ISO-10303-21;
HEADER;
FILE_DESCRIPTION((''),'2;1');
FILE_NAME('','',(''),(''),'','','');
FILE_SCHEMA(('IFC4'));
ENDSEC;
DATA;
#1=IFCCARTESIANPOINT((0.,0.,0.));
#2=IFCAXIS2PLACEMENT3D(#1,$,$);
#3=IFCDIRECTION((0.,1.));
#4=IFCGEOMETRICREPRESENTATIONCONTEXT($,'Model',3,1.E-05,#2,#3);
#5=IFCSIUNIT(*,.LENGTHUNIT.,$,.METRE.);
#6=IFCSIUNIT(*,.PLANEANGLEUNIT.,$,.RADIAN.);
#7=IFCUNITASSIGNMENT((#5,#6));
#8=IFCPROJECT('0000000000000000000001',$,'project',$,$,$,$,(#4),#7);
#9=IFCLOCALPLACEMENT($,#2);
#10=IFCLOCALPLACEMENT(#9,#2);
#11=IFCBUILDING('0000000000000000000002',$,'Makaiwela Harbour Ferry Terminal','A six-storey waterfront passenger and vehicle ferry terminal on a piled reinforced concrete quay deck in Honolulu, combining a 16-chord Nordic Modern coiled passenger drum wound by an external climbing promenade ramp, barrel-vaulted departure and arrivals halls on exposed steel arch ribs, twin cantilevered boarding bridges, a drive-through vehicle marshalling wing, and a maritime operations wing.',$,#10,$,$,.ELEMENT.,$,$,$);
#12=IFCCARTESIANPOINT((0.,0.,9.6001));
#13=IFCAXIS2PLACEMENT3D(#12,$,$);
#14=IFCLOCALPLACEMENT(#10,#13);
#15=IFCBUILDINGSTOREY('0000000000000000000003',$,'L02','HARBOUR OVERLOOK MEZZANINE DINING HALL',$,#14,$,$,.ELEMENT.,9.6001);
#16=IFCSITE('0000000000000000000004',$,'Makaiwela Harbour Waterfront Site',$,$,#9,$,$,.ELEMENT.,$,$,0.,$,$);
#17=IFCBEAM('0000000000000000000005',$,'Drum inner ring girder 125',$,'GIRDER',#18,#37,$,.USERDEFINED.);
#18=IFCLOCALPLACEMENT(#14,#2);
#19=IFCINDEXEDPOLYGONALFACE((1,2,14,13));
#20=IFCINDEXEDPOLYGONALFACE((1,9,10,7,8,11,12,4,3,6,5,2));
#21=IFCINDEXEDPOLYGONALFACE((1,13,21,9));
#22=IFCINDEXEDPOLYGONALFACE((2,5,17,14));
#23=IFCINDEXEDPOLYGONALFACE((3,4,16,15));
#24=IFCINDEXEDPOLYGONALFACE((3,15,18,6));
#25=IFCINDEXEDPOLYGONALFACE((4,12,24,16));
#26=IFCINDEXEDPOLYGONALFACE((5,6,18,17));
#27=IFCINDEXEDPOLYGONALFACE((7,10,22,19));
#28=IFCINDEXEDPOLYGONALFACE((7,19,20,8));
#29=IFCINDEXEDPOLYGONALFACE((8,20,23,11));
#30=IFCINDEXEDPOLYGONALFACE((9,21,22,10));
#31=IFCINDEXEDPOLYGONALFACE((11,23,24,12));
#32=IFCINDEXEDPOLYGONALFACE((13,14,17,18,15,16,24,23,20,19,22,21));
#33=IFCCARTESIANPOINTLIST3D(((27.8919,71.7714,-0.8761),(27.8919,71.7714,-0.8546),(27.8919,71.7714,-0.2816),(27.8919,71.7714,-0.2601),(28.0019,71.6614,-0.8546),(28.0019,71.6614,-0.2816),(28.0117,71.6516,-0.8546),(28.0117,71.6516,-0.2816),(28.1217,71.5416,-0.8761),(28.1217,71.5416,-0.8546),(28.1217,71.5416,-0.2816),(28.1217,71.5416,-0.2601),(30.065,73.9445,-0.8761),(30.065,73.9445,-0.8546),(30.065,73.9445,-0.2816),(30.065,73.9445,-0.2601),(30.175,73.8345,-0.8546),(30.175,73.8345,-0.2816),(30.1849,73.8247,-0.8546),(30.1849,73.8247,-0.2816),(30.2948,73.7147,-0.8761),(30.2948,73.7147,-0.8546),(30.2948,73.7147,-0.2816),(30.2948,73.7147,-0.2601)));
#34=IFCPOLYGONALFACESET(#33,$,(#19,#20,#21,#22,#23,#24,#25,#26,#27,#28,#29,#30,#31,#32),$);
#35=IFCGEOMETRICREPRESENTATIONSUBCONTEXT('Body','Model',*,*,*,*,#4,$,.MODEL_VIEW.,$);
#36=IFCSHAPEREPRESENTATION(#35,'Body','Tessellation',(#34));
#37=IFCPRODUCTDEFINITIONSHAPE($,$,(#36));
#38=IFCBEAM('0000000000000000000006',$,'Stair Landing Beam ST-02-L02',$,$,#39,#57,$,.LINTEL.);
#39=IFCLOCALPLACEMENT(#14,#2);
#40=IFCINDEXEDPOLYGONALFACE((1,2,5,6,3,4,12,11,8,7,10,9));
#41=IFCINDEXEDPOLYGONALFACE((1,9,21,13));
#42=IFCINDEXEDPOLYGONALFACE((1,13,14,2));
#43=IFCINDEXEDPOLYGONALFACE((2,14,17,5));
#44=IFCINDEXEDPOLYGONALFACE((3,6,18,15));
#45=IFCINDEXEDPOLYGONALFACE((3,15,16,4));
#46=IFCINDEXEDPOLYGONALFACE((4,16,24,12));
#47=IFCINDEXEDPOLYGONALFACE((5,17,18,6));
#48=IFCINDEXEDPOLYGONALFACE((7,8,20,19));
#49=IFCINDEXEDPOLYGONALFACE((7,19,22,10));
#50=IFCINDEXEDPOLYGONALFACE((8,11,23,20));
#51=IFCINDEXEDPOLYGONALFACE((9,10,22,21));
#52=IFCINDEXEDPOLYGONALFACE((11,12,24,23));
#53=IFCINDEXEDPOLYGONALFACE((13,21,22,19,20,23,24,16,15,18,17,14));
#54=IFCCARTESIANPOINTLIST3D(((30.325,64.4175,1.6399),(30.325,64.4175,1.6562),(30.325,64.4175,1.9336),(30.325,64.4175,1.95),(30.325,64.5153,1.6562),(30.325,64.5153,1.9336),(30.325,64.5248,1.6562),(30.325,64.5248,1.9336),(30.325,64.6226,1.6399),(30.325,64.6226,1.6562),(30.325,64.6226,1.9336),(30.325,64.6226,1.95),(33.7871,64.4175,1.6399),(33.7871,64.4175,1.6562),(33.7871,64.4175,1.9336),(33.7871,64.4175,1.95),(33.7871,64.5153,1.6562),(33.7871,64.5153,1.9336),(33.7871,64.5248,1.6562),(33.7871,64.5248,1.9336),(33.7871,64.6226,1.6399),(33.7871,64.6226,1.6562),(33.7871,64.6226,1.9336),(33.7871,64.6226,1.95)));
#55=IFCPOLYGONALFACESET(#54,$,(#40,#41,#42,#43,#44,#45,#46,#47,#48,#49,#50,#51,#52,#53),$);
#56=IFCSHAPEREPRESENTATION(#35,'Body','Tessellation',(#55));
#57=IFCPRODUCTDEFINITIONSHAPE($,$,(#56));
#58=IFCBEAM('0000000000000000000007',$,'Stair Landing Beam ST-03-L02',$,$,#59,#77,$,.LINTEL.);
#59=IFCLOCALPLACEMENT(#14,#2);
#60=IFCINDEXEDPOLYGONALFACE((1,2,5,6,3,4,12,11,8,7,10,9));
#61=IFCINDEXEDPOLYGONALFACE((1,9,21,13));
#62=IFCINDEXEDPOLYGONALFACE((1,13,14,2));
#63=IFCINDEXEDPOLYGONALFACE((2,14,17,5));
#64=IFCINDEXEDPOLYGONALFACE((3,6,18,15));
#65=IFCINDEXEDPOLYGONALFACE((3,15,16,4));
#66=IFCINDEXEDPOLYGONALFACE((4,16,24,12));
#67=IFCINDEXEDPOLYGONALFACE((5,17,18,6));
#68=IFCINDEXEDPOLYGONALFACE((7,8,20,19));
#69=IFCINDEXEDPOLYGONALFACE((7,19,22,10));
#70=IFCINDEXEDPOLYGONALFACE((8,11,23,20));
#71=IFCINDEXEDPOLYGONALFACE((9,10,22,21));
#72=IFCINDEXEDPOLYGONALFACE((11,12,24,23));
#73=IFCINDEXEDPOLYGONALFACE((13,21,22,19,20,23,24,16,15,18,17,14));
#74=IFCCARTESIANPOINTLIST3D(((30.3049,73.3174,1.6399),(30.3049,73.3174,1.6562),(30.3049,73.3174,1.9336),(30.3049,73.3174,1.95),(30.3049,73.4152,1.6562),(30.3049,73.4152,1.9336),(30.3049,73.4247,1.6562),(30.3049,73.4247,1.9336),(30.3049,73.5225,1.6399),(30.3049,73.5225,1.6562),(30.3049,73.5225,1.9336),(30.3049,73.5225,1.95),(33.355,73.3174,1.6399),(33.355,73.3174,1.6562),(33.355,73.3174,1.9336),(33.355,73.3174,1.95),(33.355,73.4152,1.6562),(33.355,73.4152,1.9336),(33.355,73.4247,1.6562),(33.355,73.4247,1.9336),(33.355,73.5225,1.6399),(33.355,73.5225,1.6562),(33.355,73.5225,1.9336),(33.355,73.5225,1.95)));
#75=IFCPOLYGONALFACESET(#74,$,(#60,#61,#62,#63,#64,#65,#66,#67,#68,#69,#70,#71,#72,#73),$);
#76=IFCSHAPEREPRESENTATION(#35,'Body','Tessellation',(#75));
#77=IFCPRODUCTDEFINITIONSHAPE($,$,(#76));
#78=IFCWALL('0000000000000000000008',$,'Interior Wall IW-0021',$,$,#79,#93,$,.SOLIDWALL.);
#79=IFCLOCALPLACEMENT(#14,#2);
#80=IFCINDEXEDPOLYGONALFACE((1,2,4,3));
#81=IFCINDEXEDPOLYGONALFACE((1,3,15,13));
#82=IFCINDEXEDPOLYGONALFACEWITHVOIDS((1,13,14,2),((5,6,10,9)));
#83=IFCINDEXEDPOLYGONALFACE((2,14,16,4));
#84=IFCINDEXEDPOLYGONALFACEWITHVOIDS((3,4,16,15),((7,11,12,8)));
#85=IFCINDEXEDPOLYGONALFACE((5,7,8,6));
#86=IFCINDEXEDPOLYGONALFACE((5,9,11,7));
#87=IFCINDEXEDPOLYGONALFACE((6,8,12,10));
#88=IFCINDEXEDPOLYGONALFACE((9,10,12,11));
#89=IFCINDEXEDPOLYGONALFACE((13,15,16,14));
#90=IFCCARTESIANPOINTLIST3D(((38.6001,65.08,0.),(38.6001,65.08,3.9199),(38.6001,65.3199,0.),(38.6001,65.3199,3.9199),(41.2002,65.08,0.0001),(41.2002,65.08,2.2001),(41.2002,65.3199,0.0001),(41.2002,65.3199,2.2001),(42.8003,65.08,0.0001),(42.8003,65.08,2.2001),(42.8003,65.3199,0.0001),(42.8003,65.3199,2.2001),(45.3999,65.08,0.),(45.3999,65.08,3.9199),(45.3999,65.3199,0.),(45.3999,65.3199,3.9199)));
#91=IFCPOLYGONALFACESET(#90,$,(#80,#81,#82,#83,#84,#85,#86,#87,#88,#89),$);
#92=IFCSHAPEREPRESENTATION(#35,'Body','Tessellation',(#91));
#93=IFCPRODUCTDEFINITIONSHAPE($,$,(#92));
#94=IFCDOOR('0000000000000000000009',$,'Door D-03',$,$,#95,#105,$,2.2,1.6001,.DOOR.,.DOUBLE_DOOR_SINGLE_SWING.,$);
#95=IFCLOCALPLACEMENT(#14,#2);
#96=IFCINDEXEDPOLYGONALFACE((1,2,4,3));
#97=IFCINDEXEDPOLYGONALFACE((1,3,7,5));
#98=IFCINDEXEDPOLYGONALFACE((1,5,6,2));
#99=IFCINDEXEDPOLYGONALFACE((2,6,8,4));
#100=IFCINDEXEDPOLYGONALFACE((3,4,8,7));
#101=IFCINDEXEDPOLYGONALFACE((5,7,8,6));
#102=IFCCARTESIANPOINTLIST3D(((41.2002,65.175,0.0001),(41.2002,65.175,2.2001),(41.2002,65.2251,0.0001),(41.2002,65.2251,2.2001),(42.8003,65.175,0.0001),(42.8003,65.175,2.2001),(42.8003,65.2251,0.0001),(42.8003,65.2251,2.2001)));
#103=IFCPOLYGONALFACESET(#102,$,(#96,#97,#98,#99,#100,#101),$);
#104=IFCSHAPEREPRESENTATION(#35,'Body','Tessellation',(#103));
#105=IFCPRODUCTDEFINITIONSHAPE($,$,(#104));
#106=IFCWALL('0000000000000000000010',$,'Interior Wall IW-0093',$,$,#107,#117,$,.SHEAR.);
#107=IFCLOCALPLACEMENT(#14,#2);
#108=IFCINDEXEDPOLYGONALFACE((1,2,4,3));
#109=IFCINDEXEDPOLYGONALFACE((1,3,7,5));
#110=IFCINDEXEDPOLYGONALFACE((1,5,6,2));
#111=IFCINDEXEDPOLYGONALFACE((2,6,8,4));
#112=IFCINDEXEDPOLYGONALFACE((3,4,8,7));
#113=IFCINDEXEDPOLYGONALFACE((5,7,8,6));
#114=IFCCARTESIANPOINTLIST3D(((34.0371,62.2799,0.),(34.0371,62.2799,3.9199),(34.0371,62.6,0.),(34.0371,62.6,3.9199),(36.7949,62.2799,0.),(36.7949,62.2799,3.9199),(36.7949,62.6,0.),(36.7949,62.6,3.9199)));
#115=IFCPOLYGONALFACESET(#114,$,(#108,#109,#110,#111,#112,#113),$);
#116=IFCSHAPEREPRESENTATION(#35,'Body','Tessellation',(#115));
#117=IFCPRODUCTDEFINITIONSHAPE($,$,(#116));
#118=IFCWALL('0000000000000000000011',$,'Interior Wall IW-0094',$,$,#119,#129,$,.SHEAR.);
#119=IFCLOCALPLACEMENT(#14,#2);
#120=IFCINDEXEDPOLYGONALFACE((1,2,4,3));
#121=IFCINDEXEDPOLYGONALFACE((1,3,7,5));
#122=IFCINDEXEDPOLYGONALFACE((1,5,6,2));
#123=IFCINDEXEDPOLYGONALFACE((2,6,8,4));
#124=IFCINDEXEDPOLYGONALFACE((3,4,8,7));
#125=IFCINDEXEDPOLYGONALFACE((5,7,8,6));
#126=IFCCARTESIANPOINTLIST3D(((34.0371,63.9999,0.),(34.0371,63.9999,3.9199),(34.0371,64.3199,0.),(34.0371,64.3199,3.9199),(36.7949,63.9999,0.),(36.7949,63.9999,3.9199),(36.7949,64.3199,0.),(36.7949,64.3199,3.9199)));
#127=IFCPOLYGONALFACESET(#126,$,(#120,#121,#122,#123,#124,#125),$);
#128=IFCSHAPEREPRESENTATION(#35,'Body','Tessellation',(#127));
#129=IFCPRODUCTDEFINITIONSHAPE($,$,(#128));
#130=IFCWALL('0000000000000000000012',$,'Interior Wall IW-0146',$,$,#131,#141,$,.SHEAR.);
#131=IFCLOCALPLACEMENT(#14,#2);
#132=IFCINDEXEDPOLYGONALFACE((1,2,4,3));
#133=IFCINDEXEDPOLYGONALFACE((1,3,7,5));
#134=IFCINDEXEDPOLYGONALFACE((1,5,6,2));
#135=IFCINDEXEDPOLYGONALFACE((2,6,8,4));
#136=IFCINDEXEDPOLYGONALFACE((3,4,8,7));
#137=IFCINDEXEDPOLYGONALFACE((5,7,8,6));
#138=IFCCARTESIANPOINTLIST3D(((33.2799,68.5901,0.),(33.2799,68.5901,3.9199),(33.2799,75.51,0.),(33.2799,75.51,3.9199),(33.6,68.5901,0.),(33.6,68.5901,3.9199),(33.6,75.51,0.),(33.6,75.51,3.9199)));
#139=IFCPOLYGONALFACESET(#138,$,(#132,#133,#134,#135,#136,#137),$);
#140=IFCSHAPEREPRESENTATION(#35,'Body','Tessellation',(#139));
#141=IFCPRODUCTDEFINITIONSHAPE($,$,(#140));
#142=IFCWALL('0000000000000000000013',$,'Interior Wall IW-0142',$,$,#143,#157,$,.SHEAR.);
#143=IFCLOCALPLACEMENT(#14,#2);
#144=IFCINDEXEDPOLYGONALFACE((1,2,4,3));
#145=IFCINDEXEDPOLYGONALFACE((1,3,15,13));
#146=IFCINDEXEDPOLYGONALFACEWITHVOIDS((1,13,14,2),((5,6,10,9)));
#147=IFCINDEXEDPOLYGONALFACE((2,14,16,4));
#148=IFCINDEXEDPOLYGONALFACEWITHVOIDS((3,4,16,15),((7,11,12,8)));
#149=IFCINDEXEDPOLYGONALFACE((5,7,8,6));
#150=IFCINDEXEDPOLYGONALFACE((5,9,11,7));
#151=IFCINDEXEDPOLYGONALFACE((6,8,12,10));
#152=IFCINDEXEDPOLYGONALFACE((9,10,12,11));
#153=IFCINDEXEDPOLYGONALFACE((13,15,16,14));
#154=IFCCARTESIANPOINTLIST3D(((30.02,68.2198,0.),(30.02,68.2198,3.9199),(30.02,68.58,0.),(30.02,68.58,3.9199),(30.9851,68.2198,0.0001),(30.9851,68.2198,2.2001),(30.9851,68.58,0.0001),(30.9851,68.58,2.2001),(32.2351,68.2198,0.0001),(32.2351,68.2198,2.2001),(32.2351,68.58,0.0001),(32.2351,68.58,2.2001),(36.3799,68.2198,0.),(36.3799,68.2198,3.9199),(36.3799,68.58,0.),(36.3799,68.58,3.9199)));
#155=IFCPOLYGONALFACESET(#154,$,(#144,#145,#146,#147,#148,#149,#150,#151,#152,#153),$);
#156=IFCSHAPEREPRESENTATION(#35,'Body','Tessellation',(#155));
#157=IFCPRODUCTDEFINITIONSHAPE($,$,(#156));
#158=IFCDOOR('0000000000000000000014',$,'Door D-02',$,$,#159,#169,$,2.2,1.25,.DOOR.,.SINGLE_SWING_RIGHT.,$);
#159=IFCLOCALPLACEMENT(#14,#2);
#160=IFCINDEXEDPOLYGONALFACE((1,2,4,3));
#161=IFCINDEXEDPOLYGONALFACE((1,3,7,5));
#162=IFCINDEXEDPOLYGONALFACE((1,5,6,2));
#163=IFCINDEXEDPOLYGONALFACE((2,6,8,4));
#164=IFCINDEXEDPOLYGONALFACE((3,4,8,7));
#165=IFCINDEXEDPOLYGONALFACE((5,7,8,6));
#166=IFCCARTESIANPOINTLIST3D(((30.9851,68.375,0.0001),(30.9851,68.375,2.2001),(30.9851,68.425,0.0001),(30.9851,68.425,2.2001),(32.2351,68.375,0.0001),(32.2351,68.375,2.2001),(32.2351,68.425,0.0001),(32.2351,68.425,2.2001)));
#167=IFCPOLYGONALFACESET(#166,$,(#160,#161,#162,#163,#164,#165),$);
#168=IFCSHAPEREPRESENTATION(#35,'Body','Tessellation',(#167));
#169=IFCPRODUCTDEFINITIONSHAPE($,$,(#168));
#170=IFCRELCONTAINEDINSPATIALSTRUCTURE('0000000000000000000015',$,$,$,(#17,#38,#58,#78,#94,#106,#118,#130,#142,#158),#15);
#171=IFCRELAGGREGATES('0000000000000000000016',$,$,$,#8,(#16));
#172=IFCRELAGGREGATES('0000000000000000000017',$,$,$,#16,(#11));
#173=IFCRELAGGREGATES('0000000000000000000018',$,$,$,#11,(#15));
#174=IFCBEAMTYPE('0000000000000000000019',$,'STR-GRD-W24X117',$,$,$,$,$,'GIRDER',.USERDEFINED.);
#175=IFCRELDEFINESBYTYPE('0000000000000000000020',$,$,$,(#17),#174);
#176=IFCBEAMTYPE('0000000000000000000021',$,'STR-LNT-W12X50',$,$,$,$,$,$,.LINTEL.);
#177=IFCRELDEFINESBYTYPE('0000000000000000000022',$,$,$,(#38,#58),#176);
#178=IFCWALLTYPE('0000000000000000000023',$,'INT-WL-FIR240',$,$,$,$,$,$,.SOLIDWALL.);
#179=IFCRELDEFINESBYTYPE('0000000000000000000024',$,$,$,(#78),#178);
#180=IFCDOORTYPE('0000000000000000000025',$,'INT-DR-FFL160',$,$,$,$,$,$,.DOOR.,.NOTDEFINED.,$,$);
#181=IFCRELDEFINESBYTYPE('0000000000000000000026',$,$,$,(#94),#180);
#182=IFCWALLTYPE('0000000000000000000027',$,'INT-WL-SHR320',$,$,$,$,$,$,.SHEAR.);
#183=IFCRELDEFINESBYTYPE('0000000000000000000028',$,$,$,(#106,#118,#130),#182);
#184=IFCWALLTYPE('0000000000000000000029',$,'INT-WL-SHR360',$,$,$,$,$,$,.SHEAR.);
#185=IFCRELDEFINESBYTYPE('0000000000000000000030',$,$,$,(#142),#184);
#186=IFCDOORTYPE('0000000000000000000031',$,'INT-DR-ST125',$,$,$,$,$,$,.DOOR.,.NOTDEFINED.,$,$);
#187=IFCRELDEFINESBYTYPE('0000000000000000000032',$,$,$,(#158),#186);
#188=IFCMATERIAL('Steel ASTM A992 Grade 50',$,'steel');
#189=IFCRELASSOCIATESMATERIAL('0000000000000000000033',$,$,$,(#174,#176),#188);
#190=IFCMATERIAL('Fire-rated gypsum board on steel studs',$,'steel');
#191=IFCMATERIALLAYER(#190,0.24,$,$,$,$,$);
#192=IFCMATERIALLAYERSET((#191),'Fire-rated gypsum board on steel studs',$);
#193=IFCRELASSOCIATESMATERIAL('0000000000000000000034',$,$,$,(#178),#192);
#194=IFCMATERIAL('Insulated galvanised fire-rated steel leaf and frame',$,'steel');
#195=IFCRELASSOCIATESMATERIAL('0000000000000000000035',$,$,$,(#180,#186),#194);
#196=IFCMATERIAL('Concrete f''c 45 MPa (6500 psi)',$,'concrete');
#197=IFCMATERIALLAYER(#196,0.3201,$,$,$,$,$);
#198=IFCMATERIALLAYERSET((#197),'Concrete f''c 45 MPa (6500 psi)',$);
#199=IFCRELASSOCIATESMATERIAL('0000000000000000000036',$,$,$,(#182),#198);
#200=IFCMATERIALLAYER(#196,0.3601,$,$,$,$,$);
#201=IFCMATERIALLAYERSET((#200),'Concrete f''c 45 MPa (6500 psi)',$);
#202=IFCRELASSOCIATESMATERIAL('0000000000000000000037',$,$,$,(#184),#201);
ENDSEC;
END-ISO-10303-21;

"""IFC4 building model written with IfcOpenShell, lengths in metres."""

from ifc_helpers import new_model, si_unit, direction, frame, frame_2d, origin, origin_2d, place, context, subcontext, project, spatial, rectangle, i_section, extrude, material, layer, layer_set, material_profile, profile_set, type_object, element, fill, save


model = new_model("IFC4")

# Units and contexts
model_context = context("Model", 3, precision=1e-05, world=origin(), true_north=direction((0.0, 1.0)))
body_context = subcontext(model_context, "Body", "Model", "MODEL_VIEW")
ifc_project = project(units=[si_unit("LENGTHUNIT", "METRE"), si_unit("PLANEANGLEUNIT", "RADIAN")], contexts=[model_context])

# Site, building, storey
site_placement = place(None, origin())
site = spatial("IfcSite", under=ifc_project, at=site_placement, Name="Makaiwela Harbour Waterfront Site", CompositionType="ELEMENT", RefElevation=0.0)
building_placement = place(site_placement, origin())
building = spatial("IfcBuilding", under=site, at=building_placement, Name="Makaiwela Harbour Ferry Terminal", Description="A six-storey waterfront passenger and vehicle ferry terminal on a piled reinforced concrete quay deck in Honolulu, combining a 16-chord Nordic Modern coiled passenger drum wound by an external climbing promenade ramp, barrel-vaulted departure and arrivals halls on exposed steel arch ribs, twin cantilevered boarding bridges, a drive-through vehicle marshalling wing, and a maritime operations wing.", CompositionType="ELEMENT")
storey_placement = place(building_placement, frame((0.0, 0.0, 9.6001)))
storey = spatial("IfcBuildingStorey", under=building, at=storey_placement, Name="L02", Description="HARBOUR OVERLOOK MEZZANINE DINING HALL", CompositionType="ELEMENT", Elevation=9.6001)

# Beams
ifc_material_1 = material(Name="Steel ASTM A992 Grade 50", Category="steel")
ifc_material_profile_1 = material_profile(ifc_material_1, i_section(OverallWidth=0.325, OverallDepth=0.616, WebThickness=0.0139, FlangeThickness=0.0215, at=origin_2d()), Name="W24X117")
ifc_profile_set_1 = profile_set([ifc_material_profile_1], Name="Steel ASTM A992 Grade 50")
beam_type_1 = type_object("IfcBeamType", Name="STR-GRD-W24X117", ElementType="GIRDER", PredefinedType="USERDEFINED", material=ifc_profile_set_1)
beam_1_placement = place(storey_placement, frame((30.1799, 73.8296, -0.5681), z_axis=(-0.707107, -0.707107, 0.0), x_axis=(0.707107, -0.707107, 0.0)))
element("IfcBeam", 1, at=beam_1_placement, inside=storey, type_object=beam_type_1, Name="Drum inner ring girder 125", ObjectType="GIRDER", PredefinedType="USERDEFINED", context=body_context, shape_type="SweptSolid", body=[
    extrude(i_section(OverallWidth=0.325, OverallDepth=0.616, WebThickness=0.0139, FlangeThickness=0.0215, at=origin_2d()), origin(), (0.0, 0.0, 1.0), 3.0732),
])
ifc_material_profile_2 = material_profile(ifc_material_1, i_section(OverallWidth=0.2051, OverallDepth=0.3101, WebThickness=0.0095, FlangeThickness=0.0164, at=origin_2d()), Name="W12X50")
ifc_profile_set_2 = profile_set([ifc_material_profile_2], Name="Steel ASTM A992 Grade 50")
beam_type_2 = type_object("IfcBeamType", Name="STR-LNT-W12X50", PredefinedType="LINTEL", material=ifc_profile_set_2)
beam_2_placement = place(storey_placement, frame((30.325, 64.52, 1.7949), z_axis=(1.0, 0.0, 0.0), x_axis=(0.0, 1.0, 0.0)))
element("IfcBeam", 2, at=beam_2_placement, inside=storey, type_object=beam_type_2, Name="Stair Landing Beam ST-02-L02", PredefinedType="LINTEL", context=body_context, shape_type="SweptSolid", body=[
    extrude(i_section(OverallWidth=0.2051, OverallDepth=0.3101, WebThickness=0.0095, FlangeThickness=0.0164, at=origin_2d()), origin(), (0.0, 0.0, 1.0), 3.4622),
])
beam_3_placement = place(storey_placement, frame((30.3049, 73.4199, 1.7949), z_axis=(1.0, 0.0, 0.0), x_axis=(0.0, 1.0, 0.0)))
element("IfcBeam", 3, at=beam_3_placement, inside=storey, type_object=beam_type_2, Name="Stair Landing Beam ST-03-L02", PredefinedType="LINTEL", context=body_context, shape_type="SweptSolid", body=[
    extrude(i_section(OverallWidth=0.2051, OverallDepth=0.3101, WebThickness=0.0095, FlangeThickness=0.0164, at=origin_2d()), origin(), (0.0, 0.0, 1.0), 3.05),
])

# Wall, opening, door
ifc_material_2 = material(Name="Fire-rated gypsum board on steel studs", Category="steel")
ifc_layer_1 = layer(ifc_material_2, 0.24)
ifc_layer_set_1 = layer_set([ifc_layer_1], Name="Fire-rated gypsum board on steel studs")
wall_type_1 = type_object("IfcWallType", Name="INT-WL-FIR240", PredefinedType="SOLIDWALL", material=ifc_layer_set_1)
wall_1_placement = place(storey_placement, frame((38.6001, 65.2, 0.0), z_axis=(0.0, 0.0, 1.0), x_axis=(1.0, 0.0, 0.0)))
wall_1 = element("IfcWall", 4, at=wall_1_placement, inside=storey, type_object=wall_type_1, Name="Interior Wall IW-0021", PredefinedType="SOLIDWALL", context=body_context, shape_type="SweptSolid", body=[
    extrude(rectangle(XDim=6.7998, YDim=0.24, at=frame_2d((3.3999, 0.0))), origin(), (0.0, 0.0, 1.0), 3.9199),
])
opening_1_placement = place(wall_1_placement, frame((2.6001, 0.0, 0.0)))
opening_1 = element("IfcOpeningElement", 5, at=opening_1_placement, cuts=wall_1, PredefinedType="OPENING", context=body_context, shape_type="SweptSolid", body=[
    extrude(rectangle(XDim=1.6001, YDim=2.2, at=frame_2d((0.8, 1.1001))), frame((0.0, 0.1299, 0.0), z_axis=(0.0, -1.0, 0.0), x_axis=(1.0, 0.0, 0.0)), (0.0, 0.0, 1.0), 0.26),
])
ifc_material_3 = material(Name="Insulated galvanised fire-rated steel leaf and frame", Category="steel")
door_type_1 = type_object("IfcDoorType", Name="INT-DR-FFL160", OperationType="NOTDEFINED", PredefinedType="DOOR", material=ifc_material_3)
door_1_placement = place(opening_1_placement, frame((1.6001, 0.0, 0.0), z_axis=(0.0, 0.0, 1.0), x_axis=(-1.0, 0.0, 0.0)))
door_1 = element("IfcDoor", 6, at=door_1_placement, inside=storey, type_object=door_type_1, Name="Door D-03", OperationType="DOUBLE_DOOR_SINGLE_SWING", OverallHeight=2.2, OverallWidth=1.6001, PredefinedType="DOOR", context=body_context, shape_type="SweptSolid", body=[
    extrude(rectangle(XDim=1.6001, YDim=2.2, at=frame_2d((0.8, 1.1001))), frame((0.0, 0.0249, 0.0), z_axis=(0.0, -1.0, 0.0), x_axis=(1.0, 0.0, 0.0)), (0.0, 0.0, 1.0), 0.05),
])
fill(opening_1, door_1)

# Walls
ifc_material_4 = material(Name="Concrete f'c 45 MPa (6500 psi)", Category="concrete")
ifc_layer_2 = layer(ifc_material_4, 0.3201)
ifc_layer_set_2 = layer_set([ifc_layer_2], Name="Concrete f'c 45 MPa (6500 psi)")
wall_type_2 = type_object("IfcWallType", Name="INT-WL-SHR320", PredefinedType="SHEAR", material=ifc_layer_set_2)
for number, where, z_axis, x_axis, name in (
    (7, (34.0371, 62.4399, 0.0), (0.0, 0.0, 1.0), (1.0, 0.0, 0.0), "Interior Wall IW-0093"),
    (8, (34.0371, 64.1599, 0.0), (0.0, 0.0, 1.0), (1.0, 0.0, 0.0), "Interior Wall IW-0094"),
):
    element("IfcWall", number, at=place(storey_placement, frame(where, z_axis=z_axis, x_axis=x_axis)), inside=storey, type_object=wall_type_2, Name=name, PredefinedType="SHEAR", context=body_context, shape_type="SweptSolid", body=[
        extrude(rectangle(XDim=2.7578, YDim=0.3201, at=frame_2d((1.3789, 0.0))), origin(), (0.0, 0.0, 1.0), 3.9199),
    ])
wall_2_placement = place(storey_placement, frame((33.4399, 68.5901, 0.0), z_axis=(0.0, 0.0, 1.0), x_axis=(0.0, 1.0, 0.0)))
element("IfcWall", 9, at=wall_2_placement, inside=storey, type_object=wall_type_2, Name="Interior Wall IW-0146", PredefinedType="SHEAR", context=body_context, shape_type="SweptSolid", body=[
    extrude(rectangle(XDim=6.9199, YDim=0.3201, at=frame_2d((3.46, 0.0))), origin(), (0.0, 0.0, 1.0), 3.9199),
])

# Wall, opening, door
ifc_layer_3 = layer(ifc_material_4, 0.3601)
ifc_layer_set_3 = layer_set([ifc_layer_3], Name="Concrete f'c 45 MPa (6500 psi)")
wall_type_3 = type_object("IfcWallType", Name="INT-WL-SHR360", PredefinedType="SHEAR", material=ifc_layer_set_3)
wall_3_placement = place(storey_placement, frame((30.02, 68.3999, 0.0), z_axis=(0.0, 0.0, 1.0), x_axis=(1.0, 0.0, 0.0)))
wall_3 = element("IfcWall", 10, at=wall_3_placement, inside=storey, type_object=wall_type_3, Name="Interior Wall IW-0142", PredefinedType="SHEAR", context=body_context, shape_type="SweptSolid", body=[
    extrude(rectangle(XDim=6.3599, YDim=0.3601, at=frame_2d((3.1799, 0.0))), origin(), (0.0, 0.0, 1.0), 3.9199),
])
opening_2_placement = place(wall_3_placement, frame((0.9651, 0.0, 0.0)))
opening_2 = element("IfcOpeningElement", 11, at=opening_2_placement, cuts=wall_3, PredefinedType="OPENING", context=body_context, shape_type="SweptSolid", body=[
    extrude(rectangle(XDim=1.25, YDim=2.2, at=frame_2d((0.625, 1.1001))), frame((0.0, 0.1899, 0.0), z_axis=(0.0, -1.0, 0.0), x_axis=(1.0, 0.0, 0.0)), (0.0, 0.0, 1.0), 0.3801),
])
door_type_2 = type_object("IfcDoorType", Name="INT-DR-ST125", OperationType="NOTDEFINED", PredefinedType="DOOR", material=ifc_material_3)
door_2_placement = place(opening_2_placement, frame((1.25, 0.0, 0.0), z_axis=(0.0, 0.0, 1.0), x_axis=(-1.0, 0.0, 0.0)))
door_2 = element("IfcDoor", 12, at=door_2_placement, inside=storey, type_object=door_type_2, Name="Door D-02", OperationType="SINGLE_SWING_RIGHT", OverallHeight=2.2, OverallWidth=1.25, PredefinedType="DOOR", context=body_context, shape_type="SweptSolid", body=[
    extrude(rectangle(XDim=1.25, YDim=2.2, at=frame_2d((0.625, 1.1001))), frame((0.0, 0.0249, 0.0), z_axis=(0.0, -1.0, 0.0), x_axis=(1.0, 0.0, 0.0)), (0.0, 0.0, 1.0), 0.05),
])
fill(opening_2, door_2)

save(model, "model.ifc")
